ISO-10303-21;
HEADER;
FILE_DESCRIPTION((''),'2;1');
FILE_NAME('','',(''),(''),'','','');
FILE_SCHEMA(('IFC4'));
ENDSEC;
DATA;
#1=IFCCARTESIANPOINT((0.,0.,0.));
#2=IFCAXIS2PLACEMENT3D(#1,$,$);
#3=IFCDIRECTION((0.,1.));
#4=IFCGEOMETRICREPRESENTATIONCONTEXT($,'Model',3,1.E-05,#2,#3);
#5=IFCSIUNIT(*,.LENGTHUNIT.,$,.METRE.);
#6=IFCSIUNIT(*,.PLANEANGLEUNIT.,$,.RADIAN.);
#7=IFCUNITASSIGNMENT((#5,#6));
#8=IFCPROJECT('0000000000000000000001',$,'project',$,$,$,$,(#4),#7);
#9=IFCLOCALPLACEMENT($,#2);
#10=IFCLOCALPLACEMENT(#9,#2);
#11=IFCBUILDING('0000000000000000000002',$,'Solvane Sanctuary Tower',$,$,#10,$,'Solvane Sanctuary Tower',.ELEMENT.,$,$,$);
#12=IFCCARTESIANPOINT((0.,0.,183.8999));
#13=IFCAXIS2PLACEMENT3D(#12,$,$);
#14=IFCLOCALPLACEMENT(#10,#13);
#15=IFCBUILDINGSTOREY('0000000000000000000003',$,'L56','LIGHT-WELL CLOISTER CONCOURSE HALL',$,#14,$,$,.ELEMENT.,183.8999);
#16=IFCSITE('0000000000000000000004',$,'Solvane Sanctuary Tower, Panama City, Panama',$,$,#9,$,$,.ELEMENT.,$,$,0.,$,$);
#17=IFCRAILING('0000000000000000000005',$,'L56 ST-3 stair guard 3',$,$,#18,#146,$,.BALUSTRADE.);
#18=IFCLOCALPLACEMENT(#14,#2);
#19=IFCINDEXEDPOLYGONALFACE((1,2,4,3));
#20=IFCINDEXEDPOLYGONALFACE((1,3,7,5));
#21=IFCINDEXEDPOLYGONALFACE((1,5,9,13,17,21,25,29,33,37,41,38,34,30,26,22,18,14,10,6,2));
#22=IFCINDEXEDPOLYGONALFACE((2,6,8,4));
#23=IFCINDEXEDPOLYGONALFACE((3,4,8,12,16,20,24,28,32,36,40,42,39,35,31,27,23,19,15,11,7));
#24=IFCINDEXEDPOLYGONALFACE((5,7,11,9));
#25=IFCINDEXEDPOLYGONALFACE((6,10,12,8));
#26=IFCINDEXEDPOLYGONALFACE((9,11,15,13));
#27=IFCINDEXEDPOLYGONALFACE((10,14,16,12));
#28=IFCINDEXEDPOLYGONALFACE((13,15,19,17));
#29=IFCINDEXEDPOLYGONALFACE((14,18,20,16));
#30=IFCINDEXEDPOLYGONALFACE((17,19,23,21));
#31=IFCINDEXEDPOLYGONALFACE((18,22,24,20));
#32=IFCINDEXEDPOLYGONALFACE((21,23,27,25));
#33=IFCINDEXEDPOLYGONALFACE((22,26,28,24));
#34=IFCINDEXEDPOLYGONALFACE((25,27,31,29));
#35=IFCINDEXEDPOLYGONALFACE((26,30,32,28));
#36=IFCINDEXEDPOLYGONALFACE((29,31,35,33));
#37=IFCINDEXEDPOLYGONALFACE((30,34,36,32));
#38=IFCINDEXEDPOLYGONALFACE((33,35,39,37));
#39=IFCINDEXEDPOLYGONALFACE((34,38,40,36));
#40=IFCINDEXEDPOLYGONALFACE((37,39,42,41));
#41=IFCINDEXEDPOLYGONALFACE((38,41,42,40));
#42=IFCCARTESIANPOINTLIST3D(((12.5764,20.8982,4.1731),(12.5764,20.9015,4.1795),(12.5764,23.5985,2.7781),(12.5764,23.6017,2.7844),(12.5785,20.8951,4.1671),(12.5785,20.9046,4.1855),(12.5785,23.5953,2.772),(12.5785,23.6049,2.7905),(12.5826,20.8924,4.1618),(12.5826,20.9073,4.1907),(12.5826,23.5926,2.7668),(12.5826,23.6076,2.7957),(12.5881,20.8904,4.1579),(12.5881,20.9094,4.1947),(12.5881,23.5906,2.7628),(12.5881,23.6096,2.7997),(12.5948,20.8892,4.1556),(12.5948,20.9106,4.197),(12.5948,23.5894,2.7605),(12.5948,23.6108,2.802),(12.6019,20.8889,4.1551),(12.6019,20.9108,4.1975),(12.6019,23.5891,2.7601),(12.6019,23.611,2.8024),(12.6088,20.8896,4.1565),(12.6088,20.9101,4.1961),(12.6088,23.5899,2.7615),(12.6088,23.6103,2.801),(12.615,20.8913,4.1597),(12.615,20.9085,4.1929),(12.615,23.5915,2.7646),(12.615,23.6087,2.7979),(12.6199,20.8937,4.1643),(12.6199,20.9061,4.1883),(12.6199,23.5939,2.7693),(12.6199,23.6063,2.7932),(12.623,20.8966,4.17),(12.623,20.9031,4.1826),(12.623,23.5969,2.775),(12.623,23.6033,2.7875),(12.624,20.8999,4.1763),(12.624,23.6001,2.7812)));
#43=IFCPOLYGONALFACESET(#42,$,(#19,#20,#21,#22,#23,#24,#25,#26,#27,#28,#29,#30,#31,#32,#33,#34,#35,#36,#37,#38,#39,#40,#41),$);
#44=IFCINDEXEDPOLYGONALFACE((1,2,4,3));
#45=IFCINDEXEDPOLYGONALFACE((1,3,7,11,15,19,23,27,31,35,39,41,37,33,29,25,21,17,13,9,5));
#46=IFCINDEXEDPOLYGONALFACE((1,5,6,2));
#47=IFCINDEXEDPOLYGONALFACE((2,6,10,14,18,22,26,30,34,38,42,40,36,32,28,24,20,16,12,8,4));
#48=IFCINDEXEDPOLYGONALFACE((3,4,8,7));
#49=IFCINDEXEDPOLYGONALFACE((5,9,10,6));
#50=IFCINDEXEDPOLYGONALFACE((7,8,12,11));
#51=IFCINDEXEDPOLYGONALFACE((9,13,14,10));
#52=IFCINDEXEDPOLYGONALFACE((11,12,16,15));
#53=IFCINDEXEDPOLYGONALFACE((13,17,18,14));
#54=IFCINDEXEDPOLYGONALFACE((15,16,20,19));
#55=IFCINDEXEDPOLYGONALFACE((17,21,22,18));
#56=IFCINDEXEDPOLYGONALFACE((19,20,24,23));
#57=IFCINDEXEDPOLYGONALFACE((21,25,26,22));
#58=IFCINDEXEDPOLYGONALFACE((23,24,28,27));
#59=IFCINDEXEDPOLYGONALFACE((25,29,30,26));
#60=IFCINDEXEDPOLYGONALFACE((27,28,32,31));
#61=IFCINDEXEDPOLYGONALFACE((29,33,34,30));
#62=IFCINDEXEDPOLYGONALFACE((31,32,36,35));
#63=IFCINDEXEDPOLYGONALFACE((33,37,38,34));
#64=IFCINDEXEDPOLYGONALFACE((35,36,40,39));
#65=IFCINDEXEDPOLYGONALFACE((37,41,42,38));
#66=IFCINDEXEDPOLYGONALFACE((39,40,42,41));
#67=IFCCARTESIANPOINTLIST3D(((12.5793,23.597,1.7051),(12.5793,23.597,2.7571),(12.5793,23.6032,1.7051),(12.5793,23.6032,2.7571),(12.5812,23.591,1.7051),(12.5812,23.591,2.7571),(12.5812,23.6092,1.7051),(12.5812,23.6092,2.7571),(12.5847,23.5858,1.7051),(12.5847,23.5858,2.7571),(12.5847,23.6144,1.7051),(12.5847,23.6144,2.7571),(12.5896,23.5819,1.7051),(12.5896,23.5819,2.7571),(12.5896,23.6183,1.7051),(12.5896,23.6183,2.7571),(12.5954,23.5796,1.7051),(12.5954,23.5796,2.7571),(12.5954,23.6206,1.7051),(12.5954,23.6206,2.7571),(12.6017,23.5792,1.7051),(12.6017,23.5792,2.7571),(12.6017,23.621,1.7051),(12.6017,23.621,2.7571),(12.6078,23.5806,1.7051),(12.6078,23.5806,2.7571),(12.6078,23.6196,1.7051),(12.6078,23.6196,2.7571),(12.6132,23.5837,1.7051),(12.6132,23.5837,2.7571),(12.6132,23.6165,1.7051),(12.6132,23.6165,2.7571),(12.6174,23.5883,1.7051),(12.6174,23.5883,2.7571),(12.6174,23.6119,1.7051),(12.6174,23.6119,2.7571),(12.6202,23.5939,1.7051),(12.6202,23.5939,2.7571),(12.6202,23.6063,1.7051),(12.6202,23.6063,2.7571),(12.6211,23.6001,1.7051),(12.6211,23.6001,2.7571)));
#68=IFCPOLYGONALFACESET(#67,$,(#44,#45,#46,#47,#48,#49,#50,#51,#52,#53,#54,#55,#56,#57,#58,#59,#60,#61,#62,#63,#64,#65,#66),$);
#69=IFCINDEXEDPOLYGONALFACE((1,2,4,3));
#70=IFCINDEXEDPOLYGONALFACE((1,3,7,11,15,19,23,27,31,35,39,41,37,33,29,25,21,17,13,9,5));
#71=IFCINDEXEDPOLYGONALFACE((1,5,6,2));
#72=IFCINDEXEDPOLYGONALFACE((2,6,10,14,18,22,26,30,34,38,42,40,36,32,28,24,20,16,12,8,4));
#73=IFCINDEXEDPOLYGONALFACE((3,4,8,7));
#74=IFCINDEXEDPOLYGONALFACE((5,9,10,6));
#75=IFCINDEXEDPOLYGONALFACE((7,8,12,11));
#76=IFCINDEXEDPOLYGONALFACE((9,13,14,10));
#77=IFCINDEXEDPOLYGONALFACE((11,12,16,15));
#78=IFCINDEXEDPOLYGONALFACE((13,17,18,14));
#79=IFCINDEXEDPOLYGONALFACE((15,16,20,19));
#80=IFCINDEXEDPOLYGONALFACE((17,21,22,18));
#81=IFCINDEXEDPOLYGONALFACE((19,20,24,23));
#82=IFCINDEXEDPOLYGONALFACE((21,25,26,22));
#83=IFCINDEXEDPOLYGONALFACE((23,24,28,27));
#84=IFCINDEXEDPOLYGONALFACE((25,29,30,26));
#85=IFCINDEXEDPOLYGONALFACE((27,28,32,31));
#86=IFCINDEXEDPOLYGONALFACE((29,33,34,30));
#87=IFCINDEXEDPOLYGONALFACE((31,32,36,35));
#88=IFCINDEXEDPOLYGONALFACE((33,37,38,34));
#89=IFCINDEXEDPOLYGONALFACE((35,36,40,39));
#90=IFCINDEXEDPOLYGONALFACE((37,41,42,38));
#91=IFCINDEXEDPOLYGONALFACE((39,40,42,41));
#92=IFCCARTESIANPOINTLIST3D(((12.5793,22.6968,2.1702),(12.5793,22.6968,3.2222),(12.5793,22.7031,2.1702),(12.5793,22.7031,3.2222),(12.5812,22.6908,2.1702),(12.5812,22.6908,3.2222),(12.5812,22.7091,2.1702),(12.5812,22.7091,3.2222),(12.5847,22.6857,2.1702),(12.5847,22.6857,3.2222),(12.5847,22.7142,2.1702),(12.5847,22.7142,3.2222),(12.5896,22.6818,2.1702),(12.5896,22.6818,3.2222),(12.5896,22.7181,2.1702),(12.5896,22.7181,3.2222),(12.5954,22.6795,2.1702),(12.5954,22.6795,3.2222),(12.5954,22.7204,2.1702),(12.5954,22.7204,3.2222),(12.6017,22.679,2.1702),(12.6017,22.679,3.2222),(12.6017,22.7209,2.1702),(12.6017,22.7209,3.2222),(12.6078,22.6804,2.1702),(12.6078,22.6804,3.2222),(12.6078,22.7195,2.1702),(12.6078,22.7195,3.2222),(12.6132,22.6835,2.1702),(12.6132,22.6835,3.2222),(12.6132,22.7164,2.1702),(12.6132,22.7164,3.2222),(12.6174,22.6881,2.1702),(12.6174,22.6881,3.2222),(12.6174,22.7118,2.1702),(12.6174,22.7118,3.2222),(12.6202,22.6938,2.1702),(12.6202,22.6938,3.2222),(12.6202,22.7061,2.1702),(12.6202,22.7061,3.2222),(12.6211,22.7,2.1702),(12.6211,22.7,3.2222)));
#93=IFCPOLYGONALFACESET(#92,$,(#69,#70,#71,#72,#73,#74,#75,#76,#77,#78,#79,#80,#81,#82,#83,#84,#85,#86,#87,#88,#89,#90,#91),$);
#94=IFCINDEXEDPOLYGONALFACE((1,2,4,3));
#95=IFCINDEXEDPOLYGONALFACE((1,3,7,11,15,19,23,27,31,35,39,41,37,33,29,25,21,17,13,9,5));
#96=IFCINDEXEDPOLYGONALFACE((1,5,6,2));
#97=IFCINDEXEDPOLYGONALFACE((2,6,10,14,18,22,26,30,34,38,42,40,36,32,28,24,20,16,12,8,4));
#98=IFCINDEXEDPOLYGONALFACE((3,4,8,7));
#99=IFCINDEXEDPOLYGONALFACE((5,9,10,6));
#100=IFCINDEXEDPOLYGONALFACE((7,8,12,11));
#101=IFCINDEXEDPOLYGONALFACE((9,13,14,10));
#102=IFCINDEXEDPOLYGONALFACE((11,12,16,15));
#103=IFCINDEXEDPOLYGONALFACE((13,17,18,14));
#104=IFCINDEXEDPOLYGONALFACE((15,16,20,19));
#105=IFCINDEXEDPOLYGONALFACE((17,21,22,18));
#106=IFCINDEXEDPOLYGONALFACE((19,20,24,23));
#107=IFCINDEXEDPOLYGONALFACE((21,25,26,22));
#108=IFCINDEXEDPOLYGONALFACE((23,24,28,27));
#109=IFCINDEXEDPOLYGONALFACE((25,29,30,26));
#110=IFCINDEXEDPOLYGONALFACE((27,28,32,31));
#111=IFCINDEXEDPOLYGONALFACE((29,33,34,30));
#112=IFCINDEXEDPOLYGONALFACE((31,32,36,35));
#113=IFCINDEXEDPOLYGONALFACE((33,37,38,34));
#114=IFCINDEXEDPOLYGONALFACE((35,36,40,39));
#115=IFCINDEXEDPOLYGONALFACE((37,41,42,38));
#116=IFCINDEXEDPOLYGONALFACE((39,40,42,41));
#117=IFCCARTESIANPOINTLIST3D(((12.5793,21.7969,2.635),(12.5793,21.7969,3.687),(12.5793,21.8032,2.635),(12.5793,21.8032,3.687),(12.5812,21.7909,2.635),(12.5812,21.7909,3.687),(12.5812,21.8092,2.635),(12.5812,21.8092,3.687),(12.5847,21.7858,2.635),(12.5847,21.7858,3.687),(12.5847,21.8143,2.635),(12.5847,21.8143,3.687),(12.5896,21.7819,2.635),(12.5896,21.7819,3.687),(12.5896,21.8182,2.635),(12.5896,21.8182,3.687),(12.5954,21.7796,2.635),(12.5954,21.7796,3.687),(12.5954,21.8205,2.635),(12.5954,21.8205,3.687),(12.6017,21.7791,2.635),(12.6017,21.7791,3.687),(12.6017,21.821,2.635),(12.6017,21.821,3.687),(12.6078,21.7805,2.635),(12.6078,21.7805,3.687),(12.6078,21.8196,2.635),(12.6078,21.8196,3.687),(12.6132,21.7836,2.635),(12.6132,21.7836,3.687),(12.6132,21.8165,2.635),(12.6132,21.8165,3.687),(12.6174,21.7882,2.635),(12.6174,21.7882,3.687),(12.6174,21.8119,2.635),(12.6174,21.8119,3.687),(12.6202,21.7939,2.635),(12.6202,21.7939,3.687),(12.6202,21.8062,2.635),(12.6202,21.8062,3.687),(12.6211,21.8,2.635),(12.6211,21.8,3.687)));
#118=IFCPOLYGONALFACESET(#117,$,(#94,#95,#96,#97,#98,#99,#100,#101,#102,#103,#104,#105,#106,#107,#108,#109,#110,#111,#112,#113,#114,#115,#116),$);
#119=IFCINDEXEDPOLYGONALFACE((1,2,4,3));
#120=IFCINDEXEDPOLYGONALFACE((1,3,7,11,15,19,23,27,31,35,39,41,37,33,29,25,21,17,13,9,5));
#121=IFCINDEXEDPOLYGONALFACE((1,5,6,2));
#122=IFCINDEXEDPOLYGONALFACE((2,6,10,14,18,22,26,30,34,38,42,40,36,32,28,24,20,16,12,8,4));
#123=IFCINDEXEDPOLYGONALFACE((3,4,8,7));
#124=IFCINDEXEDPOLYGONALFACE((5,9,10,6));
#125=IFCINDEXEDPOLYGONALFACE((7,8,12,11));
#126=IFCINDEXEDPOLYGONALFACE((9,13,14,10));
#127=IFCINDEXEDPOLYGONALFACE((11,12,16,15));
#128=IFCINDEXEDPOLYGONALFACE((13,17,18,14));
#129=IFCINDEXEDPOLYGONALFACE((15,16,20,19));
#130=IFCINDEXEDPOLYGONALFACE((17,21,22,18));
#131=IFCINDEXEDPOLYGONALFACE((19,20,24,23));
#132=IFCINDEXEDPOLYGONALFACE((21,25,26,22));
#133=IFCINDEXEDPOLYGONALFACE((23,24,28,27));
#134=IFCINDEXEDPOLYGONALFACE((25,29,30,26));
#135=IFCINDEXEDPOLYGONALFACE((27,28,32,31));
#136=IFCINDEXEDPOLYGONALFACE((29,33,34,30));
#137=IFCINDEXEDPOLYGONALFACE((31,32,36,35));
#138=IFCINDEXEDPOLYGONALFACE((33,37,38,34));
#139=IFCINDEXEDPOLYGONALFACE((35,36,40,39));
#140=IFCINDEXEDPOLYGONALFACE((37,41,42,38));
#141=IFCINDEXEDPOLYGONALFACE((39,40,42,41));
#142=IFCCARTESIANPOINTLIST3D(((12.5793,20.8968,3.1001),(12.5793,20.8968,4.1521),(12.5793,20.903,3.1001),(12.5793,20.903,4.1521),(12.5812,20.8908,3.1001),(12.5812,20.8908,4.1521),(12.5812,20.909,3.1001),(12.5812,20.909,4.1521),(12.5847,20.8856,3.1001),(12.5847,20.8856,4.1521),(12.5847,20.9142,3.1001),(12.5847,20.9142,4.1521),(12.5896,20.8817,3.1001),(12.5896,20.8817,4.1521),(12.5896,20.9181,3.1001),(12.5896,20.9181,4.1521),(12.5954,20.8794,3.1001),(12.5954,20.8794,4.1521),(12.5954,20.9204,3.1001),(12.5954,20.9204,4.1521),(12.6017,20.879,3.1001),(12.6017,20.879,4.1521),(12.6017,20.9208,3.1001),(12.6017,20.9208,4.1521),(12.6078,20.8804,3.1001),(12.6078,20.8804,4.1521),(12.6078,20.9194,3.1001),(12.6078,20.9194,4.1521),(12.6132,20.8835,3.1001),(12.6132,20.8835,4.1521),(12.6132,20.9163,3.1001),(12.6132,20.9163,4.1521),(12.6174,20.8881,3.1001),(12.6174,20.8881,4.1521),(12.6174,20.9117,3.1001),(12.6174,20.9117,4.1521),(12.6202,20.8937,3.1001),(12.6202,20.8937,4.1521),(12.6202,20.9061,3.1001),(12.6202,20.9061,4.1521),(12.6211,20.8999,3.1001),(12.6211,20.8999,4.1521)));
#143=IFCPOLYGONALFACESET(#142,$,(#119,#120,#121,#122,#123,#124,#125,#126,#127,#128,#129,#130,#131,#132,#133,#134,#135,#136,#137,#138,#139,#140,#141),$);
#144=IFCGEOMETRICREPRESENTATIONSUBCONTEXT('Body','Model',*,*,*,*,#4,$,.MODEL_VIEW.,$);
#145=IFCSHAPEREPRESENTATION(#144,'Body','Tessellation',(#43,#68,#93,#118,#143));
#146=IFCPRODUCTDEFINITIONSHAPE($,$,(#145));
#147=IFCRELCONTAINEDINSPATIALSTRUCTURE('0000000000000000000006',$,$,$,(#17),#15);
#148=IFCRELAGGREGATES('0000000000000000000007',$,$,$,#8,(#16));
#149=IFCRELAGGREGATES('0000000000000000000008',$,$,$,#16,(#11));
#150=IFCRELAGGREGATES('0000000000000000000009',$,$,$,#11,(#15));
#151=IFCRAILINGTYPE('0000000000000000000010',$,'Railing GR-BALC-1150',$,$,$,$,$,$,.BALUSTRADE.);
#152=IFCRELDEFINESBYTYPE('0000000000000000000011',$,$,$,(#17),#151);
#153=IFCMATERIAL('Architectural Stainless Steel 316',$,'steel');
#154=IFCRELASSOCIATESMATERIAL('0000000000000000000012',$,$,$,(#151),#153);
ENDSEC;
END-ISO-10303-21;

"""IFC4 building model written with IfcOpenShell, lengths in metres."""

from ifc_helpers import new_model, si_unit, direction, frame, origin, origin_2d, place, context, subcontext, project, spatial, circle, extrude, material, type_object, element, save


model = new_model("IFC4")

# Units and contexts
model_context = context("Model", 3, precision=1e-05, world=origin(), true_north=direction((0.0, 1.0)))
body_context = subcontext(model_context, "Body", "Model", "MODEL_VIEW")
ifc_project = project(units=[si_unit("LENGTHUNIT", "METRE"), si_unit("PLANEANGLEUNIT", "RADIAN")], contexts=[model_context])

# Site, building, storey
site_placement = place(None, origin())
site = spatial("IfcSite", under=ifc_project, at=site_placement, Name="Solvane Sanctuary Tower, Panama City, Panama", CompositionType="ELEMENT", RefElevation=0.0)
building_placement = place(site_placement, origin())
building = spatial("IfcBuilding", under=site, at=building_placement, Name="Solvane Sanctuary Tower", LongName="Solvane Sanctuary Tower", CompositionType="ELEMENT")
storey_placement = place(building_placement, frame((0.0, 0.0, 183.8999)))
storey = spatial("IfcBuildingStorey", under=building, at=storey_placement, Name="L56", Description="LIGHT-WELL CLOISTER CONCOURSE HALL", CompositionType="ELEMENT", Elevation=183.8999)

# Railing
ifc_material_1 = material(Name="Architectural Stainless Steel 316", Category="steel")
railing_type_1 = type_object("IfcRailingType", Name="Railing GR-BALC-1150", PredefinedType="BALUSTRADE", material=ifc_material_1)
railing_1_placement = place(storey_placement, frame((12.6001, 23.6001, 1.7051)))
element("IfcRailing", 1, at=railing_1_placement, inside=storey, type_object=railing_type_1, Name="L56 ST-3 stair guard 3", PredefinedType="BALUSTRADE", context=body_context, shape_type="SweptSolid", body=[
    extrude(circle(Radius=0.0239, at=origin_2d()), frame((0.0, 0.0, 1.0762), z_axis=(0.0, -0.888437, 0.458999), x_axis=(1.0, 0.0, 0.0)), (0.0, 0.0, 1.0), 3.0393),
    extrude(circle(Radius=0.021, at=origin_2d()), origin(), (0.0, 0.0, 1.0), 1.052),
    extrude(circle(Radius=0.021, at=origin_2d()), frame((0.0, -0.9001, 0.4651)), (0.0, 0.0, 1.0), 1.052),
    extrude(circle(Radius=0.021, at=origin_2d()), frame((0.0, -1.8, 0.9299)), (0.0, 0.0, 1.0), 1.052),
    extrude(circle(Radius=0.021, at=origin_2d()), frame((0.0, -2.7002, 1.395)), (0.0, 0.0, 1.0), 1.052),
])

save(model, "model.ifc")
